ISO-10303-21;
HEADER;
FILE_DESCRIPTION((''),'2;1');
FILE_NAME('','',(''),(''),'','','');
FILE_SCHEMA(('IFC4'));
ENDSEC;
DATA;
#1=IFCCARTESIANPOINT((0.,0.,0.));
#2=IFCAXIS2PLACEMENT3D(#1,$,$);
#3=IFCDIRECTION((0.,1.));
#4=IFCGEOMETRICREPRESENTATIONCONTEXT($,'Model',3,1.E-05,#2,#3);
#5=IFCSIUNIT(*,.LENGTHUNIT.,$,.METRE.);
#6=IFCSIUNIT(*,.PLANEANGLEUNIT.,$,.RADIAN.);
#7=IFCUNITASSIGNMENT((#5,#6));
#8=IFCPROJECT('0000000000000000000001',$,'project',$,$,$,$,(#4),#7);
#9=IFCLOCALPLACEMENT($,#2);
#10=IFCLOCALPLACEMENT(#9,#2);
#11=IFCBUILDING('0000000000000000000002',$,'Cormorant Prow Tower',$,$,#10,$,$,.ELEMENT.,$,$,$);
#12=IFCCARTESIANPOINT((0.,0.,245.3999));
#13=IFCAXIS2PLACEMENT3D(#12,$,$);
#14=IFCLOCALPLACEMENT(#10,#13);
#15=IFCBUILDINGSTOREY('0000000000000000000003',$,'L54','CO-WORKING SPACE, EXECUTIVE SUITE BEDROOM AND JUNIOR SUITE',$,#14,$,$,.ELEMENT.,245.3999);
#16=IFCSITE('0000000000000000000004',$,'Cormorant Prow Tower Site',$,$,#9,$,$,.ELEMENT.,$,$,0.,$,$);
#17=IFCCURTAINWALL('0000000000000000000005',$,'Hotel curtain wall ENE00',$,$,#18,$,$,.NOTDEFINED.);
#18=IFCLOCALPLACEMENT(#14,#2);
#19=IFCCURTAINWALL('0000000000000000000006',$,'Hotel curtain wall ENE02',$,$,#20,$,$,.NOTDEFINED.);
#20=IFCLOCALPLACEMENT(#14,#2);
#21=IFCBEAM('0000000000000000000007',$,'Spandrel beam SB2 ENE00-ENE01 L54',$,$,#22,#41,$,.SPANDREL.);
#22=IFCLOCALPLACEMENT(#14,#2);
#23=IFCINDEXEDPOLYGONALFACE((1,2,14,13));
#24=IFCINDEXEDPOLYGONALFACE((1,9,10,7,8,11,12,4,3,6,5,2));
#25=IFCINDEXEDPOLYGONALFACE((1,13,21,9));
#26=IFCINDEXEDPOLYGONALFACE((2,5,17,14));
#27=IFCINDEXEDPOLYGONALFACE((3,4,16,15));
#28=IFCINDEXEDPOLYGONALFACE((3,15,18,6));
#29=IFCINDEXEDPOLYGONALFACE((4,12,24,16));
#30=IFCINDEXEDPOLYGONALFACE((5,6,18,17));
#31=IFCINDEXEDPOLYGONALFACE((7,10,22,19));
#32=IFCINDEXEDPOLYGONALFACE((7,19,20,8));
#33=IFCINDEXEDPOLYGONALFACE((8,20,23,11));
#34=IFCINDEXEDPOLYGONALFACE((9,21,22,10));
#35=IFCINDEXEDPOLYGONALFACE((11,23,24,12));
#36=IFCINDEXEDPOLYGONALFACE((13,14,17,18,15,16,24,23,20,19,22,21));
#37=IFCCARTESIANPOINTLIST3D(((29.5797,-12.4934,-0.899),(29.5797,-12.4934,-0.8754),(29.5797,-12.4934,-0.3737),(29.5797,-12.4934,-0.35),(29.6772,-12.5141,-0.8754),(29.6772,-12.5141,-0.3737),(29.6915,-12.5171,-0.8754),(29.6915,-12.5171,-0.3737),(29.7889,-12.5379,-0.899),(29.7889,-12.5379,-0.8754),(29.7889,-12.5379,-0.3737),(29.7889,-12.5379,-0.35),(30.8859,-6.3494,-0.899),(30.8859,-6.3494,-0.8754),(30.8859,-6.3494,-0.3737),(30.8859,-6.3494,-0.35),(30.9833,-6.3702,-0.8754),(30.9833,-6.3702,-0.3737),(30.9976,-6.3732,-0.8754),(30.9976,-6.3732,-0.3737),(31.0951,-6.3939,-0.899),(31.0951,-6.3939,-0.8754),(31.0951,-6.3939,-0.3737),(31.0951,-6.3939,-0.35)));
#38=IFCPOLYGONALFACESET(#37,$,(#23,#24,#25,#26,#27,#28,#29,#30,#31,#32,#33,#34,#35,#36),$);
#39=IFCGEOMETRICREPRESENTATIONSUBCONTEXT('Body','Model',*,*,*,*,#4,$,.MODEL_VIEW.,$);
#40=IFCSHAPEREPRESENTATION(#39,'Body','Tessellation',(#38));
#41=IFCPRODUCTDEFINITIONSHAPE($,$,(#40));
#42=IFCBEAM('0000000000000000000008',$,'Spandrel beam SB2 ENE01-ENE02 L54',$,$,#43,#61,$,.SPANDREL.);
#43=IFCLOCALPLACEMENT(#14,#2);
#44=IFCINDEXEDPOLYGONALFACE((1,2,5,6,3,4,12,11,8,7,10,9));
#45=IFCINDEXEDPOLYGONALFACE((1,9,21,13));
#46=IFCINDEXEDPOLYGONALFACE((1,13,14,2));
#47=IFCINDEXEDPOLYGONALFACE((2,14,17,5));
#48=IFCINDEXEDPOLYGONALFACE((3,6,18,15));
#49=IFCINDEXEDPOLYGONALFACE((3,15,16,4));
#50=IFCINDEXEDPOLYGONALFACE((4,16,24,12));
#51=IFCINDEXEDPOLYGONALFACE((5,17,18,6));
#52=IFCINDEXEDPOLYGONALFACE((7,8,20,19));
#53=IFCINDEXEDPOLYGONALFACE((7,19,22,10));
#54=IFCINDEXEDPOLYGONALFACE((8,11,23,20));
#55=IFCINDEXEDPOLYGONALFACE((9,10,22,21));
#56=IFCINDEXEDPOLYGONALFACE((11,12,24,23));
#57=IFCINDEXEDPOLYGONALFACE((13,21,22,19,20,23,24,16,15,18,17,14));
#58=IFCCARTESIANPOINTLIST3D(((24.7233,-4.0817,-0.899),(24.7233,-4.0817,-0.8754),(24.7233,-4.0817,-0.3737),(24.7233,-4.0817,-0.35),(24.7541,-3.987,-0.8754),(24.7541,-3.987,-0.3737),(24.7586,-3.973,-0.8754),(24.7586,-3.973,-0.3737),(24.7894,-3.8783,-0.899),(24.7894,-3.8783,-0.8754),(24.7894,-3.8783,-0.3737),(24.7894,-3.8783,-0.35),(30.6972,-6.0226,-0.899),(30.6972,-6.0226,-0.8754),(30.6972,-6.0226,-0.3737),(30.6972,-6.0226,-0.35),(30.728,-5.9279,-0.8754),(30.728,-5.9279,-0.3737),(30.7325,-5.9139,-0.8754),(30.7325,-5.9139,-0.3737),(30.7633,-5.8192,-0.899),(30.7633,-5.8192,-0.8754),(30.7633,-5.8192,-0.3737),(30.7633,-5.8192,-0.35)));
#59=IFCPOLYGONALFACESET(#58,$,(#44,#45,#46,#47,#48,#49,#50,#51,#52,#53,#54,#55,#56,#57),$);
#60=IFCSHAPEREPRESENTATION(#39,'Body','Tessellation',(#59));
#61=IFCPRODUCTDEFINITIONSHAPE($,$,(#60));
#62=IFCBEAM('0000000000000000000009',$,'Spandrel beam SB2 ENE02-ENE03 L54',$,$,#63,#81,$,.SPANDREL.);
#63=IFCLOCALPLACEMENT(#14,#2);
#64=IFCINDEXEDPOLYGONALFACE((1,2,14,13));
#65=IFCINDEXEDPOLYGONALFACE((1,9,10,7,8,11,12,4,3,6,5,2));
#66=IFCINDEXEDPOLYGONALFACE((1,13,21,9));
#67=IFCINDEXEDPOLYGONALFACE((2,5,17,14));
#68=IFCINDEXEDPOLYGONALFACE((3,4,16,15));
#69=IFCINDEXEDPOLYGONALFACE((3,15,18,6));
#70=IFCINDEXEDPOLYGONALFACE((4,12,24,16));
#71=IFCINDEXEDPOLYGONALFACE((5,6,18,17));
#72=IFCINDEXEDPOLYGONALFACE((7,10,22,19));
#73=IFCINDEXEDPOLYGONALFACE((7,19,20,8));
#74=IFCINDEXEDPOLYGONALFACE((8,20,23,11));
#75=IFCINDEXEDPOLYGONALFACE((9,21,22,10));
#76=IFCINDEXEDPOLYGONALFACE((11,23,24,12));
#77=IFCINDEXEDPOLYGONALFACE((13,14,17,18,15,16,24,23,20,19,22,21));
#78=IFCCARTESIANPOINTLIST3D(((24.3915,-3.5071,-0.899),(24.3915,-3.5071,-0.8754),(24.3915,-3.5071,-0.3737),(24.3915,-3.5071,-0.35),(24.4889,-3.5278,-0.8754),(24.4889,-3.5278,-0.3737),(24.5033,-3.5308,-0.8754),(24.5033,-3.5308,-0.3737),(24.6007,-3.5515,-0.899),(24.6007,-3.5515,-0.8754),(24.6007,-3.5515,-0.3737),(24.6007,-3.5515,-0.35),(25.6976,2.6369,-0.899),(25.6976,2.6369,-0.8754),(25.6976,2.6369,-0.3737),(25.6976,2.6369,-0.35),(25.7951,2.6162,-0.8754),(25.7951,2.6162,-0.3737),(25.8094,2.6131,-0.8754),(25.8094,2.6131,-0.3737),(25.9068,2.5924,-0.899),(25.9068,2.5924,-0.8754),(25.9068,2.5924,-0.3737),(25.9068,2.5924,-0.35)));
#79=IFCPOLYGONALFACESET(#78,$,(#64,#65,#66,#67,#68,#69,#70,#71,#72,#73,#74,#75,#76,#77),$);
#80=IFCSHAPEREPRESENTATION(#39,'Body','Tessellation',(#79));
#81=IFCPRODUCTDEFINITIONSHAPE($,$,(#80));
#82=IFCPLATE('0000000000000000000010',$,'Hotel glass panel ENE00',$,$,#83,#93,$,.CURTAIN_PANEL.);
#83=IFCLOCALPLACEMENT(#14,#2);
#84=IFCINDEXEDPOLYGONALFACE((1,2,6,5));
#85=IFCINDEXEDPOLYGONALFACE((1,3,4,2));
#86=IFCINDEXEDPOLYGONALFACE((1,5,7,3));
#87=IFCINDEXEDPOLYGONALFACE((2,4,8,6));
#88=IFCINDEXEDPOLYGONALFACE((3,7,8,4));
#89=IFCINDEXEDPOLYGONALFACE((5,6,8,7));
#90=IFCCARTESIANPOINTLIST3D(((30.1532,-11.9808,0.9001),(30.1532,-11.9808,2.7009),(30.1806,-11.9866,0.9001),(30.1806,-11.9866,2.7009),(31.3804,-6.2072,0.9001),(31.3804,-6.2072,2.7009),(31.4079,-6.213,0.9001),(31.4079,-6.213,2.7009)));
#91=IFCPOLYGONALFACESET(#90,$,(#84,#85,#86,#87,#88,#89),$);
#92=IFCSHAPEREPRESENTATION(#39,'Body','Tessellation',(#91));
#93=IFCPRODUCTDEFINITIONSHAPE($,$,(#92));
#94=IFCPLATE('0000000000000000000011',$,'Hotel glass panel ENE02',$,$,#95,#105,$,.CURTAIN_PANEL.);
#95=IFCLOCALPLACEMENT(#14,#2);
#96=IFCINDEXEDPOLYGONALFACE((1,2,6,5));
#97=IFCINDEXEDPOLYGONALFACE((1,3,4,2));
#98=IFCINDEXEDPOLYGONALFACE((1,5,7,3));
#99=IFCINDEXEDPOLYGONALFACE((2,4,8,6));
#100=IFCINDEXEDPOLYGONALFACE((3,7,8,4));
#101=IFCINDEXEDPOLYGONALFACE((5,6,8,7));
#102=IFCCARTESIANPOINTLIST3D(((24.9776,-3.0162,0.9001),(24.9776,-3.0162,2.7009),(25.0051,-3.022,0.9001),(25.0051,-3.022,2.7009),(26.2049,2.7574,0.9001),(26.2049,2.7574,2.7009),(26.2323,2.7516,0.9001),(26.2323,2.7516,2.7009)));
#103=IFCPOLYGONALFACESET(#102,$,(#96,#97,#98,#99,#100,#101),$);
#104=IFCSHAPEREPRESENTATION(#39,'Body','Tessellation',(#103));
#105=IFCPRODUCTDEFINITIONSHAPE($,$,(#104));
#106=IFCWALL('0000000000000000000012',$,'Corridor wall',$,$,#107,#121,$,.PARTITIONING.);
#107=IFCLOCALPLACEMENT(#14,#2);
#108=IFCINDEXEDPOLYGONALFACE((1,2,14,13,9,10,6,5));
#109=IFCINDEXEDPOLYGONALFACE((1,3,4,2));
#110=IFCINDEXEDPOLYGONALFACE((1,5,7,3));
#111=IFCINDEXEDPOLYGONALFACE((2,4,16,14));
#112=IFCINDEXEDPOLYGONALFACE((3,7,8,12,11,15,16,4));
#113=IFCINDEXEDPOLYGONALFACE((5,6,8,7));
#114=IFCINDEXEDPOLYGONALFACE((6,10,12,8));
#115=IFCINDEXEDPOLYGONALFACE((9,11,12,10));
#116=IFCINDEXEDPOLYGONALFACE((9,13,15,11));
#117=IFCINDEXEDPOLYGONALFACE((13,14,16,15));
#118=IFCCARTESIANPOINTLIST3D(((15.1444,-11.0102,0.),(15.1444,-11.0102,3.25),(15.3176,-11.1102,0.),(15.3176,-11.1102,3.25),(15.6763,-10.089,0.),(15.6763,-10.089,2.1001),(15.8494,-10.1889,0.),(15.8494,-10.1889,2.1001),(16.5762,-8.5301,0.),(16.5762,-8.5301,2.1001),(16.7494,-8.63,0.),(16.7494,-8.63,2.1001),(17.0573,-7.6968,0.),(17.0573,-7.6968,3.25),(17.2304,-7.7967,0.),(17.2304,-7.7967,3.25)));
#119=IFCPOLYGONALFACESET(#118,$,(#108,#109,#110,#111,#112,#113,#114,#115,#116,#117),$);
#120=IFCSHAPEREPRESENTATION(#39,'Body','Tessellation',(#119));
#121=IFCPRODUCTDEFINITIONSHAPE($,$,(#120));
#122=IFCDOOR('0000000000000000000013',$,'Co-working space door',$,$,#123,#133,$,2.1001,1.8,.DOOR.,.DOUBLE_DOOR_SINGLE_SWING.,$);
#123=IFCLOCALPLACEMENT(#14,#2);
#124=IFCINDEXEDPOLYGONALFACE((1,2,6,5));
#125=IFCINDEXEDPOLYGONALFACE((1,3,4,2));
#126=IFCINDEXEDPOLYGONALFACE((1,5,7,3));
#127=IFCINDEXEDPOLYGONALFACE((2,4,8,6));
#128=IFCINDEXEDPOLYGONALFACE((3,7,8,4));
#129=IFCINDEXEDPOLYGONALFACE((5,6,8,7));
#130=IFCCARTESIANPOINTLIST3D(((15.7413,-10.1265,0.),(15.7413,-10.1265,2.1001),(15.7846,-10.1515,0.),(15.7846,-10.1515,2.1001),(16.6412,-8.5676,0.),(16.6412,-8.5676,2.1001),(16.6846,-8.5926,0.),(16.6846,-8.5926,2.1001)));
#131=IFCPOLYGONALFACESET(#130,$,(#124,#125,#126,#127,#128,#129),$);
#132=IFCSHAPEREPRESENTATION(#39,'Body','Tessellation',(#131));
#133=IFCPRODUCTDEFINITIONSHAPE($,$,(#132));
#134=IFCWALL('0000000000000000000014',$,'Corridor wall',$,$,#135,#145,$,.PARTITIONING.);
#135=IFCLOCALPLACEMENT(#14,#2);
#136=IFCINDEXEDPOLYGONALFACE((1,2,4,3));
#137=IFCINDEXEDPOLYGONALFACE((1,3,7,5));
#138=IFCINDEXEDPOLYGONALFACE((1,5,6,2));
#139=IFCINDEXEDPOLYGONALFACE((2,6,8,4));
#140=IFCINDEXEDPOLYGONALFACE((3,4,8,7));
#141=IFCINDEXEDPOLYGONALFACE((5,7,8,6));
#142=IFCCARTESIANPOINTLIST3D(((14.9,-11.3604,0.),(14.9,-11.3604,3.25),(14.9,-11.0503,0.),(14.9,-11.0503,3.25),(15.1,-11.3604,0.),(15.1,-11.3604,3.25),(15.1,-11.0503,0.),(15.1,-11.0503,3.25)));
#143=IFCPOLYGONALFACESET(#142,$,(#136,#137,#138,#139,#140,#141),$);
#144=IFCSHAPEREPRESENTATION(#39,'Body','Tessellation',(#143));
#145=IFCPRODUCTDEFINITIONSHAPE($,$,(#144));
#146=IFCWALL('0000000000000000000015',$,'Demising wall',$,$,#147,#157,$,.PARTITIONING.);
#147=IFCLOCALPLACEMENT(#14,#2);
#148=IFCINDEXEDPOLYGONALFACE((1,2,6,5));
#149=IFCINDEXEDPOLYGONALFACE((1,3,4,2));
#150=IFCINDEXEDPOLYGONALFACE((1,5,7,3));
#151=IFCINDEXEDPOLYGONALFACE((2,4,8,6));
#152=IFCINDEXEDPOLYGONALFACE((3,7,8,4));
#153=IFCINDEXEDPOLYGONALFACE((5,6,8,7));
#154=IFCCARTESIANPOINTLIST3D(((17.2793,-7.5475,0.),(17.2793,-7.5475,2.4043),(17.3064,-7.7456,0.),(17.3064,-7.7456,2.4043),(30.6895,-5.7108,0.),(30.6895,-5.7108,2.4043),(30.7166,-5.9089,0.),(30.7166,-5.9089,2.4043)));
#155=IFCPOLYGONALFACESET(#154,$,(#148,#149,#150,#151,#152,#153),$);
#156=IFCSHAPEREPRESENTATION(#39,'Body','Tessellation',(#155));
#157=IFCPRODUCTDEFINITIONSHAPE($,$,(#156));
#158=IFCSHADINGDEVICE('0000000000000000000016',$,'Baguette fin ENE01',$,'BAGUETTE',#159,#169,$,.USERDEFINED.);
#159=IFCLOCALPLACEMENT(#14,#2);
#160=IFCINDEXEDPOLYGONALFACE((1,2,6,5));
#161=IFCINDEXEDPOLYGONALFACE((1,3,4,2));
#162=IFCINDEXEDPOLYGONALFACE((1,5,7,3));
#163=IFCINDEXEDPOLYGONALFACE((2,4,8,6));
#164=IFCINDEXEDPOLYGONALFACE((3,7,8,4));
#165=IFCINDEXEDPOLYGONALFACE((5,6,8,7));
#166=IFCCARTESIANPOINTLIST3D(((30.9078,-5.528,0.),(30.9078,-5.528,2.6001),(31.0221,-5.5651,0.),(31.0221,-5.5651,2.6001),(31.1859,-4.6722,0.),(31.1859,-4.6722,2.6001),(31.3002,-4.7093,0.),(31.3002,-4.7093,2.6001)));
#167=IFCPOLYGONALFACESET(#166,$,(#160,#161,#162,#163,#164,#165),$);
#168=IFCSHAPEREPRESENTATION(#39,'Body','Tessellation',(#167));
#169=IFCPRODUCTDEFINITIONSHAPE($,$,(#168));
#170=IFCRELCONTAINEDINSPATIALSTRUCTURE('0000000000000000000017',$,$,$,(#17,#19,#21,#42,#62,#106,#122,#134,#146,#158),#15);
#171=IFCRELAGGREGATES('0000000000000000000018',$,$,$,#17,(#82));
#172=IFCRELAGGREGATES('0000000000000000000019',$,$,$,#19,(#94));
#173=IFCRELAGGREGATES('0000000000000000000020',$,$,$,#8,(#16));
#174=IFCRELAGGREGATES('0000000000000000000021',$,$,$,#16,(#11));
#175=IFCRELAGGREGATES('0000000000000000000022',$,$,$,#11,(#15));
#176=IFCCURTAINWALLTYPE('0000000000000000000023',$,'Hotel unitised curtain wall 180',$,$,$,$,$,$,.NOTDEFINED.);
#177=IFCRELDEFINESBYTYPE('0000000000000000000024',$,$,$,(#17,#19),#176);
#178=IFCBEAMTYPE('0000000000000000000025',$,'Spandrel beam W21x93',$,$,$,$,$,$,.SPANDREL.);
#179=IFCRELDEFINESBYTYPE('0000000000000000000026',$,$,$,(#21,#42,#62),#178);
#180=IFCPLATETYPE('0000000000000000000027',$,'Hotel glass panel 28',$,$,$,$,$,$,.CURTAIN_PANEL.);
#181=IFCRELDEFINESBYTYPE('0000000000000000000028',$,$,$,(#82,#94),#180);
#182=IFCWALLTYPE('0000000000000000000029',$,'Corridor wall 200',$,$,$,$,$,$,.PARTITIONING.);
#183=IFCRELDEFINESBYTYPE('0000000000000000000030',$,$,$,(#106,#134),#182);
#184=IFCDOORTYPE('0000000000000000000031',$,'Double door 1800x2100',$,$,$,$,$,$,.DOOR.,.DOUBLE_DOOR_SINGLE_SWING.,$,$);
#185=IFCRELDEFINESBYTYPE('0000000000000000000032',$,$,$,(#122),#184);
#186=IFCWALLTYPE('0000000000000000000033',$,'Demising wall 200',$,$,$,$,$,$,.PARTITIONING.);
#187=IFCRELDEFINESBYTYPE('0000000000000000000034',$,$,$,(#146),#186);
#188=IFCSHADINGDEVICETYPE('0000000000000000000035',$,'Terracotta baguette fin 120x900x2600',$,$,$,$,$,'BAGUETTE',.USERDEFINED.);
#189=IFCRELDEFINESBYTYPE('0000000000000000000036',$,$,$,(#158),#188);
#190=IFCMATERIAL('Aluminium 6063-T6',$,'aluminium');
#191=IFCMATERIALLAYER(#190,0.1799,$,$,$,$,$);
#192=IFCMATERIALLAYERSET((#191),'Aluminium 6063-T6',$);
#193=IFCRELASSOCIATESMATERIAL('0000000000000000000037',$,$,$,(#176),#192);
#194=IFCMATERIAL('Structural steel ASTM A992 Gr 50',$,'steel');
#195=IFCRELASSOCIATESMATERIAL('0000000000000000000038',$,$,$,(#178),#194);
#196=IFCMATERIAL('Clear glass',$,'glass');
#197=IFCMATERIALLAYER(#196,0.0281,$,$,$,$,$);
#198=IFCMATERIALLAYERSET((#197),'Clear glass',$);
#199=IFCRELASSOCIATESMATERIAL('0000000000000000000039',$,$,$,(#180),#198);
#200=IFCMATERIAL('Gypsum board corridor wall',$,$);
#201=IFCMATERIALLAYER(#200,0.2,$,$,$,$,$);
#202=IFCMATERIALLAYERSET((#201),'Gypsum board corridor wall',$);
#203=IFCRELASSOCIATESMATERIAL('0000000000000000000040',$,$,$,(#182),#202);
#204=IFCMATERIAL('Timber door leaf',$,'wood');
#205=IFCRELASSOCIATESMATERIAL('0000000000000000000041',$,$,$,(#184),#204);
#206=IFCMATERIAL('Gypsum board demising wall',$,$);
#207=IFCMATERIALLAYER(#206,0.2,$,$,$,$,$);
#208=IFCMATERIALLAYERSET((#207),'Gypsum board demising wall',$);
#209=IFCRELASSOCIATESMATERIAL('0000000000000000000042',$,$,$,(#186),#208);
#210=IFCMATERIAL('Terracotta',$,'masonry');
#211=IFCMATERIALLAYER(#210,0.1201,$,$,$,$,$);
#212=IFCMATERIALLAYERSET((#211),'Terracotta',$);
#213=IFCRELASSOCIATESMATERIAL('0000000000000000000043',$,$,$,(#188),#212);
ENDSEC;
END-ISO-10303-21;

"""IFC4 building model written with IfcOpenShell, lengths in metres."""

from ifc_helpers import new_model, si_unit, direction, frame, frame_2d, origin, origin_2d, place, context, subcontext, project, spatial, rectangle, i_section, extrude, material, layer, layer_set, material_profile, profile_set, type_object, element, fill, aggregate, save


model = new_model("IFC4")

# Units and contexts
model_context = context("Model", 3, precision=1e-05, world=origin(), true_north=direction((0.0, 1.0)))
body_context = subcontext(model_context, "Body", "Model", "MODEL_VIEW")
ifc_project = project(units=[si_unit("LENGTHUNIT", "METRE"), si_unit("PLANEANGLEUNIT", "RADIAN")], contexts=[model_context])

# Site, building, storey
site_placement = place(None, origin())
site = spatial("IfcSite", under=ifc_project, at=site_placement, Name="Cormorant Prow Tower Site", CompositionType="ELEMENT", RefElevation=0.0)
building_placement = place(site_placement, origin())
building = spatial("IfcBuilding", under=site, at=building_placement, Name="Cormorant Prow Tower", CompositionType="ELEMENT")
storey_placement = place(building_placement, frame((0.0, 0.0, 245.3999)))
storey = spatial("IfcBuildingStorey", under=building, at=storey_placement, Name="L54", Description="CO-WORKING SPACE, EXECUTIVE SUITE BEDROOM AND JUNIOR SUITE", CompositionType="ELEMENT", Elevation=245.3999)

# Curtain walls
ifc_material_1 = material(Name="Aluminium 6063-T6", Category="aluminium")
ifc_layer_1 = layer(ifc_material_1, 0.1799)
ifc_layer_set_1 = layer_set([ifc_layer_1], Name="Aluminium 6063-T6")
curtain_wall_type = type_object("IfcCurtainWallType", Name="Hotel unitised curtain wall 180", PredefinedType="NOTDEFINED", material=ifc_layer_set_1)
curtain_wall_1_placement = place(storey_placement, origin())
curtain_wall_1 = element("IfcCurtainWall", 1, at=curtain_wall_1_placement, inside=storey, type_object=curtain_wall_type, Name="Hotel curtain wall ENE00", PredefinedType="NOTDEFINED")
curtain_wall_2_placement = place(storey_placement, origin())
curtain_wall_2 = element("IfcCurtainWall", 2, at=curtain_wall_2_placement, inside=storey, type_object=curtain_wall_type, Name="Hotel curtain wall ENE02", PredefinedType="NOTDEFINED")

# Beams
ifc_material_2 = material(Name="Structural steel ASTM A992 Gr 50", Category="steel")
ifc_material_profile_1 = material_profile(ifc_material_2, i_section(OverallWidth=0.2139, OverallDepth=0.5491, WebThickness=0.0146, FlangeThickness=0.0237, at=origin_2d()), Name="W21x93")
ifc_profile_set_1 = profile_set([ifc_material_profile_1], Name="Structural steel ASTM A992 Gr 50")
beam_type_1 = type_object("IfcBeamType", Name="Spandrel beam W21x93", PredefinedType="SPANDREL", material=ifc_profile_set_1)
for number, where, z_axis, x_axis, name in (
    (3, (29.6843, -12.5156, -0.6245), (0.207941, 0.978141, 0.0), (-0.978141, 0.207941, 0.0), "Spandrel beam SB2 ENE00-ENE01 L54"),
    (4, (30.7302, -5.9209, -0.6245), (-0.951062, 0.309001, 0.0), (-0.309001, -0.951062, 0.0), "Spandrel beam SB2 ENE01-ENE02 L54"),
    (5, (24.4961, -3.5293, -0.6245), (0.207941, 0.978141, 0.0), (-0.978141, 0.207941, 0.0), "Spandrel beam SB2 ENE02-ENE03 L54"),
):
    element("IfcBeam", number, at=place(storey_placement, frame(where, z_axis=z_axis, x_axis=x_axis)), inside=storey, type_object=beam_type_1, Name=name, PredefinedType="SPANDREL", context=body_context, shape_type="SweptSolid", body=[
        extrude(i_section(OverallWidth=0.2139, OverallDepth=0.5491, WebThickness=0.0146, FlangeThickness=0.0237, at=origin_2d()), origin(), (0.0, 0.0, 1.0), 6.2812),
    ])

# Plates
ifc_material_3 = material(Name="Clear glass", Category="glass")
ifc_layer_2 = layer(ifc_material_3, 0.0281)
ifc_layer_set_2 = layer_set([ifc_layer_2], Name="Clear glass")
plate_type = type_object("IfcPlateType", Name="Hotel glass panel 28", PredefinedType="CURTAIN_PANEL", material=ifc_layer_set_2)
plate_1_placement = place(storey_placement, frame((30.7805, -9.0969, 0.9001), z_axis=(0.0, 0.0, 1.0), x_axis=(0.207912, 0.978148, 0.0)))
plate_1 = element("IfcPlate", 6, at=plate_1_placement, type_object=plate_type, Name="Hotel glass panel ENE00", PredefinedType="CURTAIN_PANEL", context=body_context, shape_type="SweptSolid", body=[
    extrude(rectangle(XDim=5.9026, YDim=0.0281, at=origin_2d()), origin(), (0.0, 0.0, 1.0), 1.8008),
])
aggregate(curtain_wall_1, [plate_1])
plate_2_placement = place(storey_placement, frame((25.605, -0.1323, 0.9001), z_axis=(0.0, 0.0, 1.0), x_axis=(0.207912, 0.978148, 0.0)))
plate_2 = element("IfcPlate", 7, at=plate_2_placement, type_object=plate_type, Name="Hotel glass panel ENE02", PredefinedType="CURTAIN_PANEL", context=body_context, shape_type="SweptSolid", body=[
    extrude(rectangle(XDim=5.9026, YDim=0.0281, at=origin_2d()), origin(), (0.0, 0.0, 1.0), 1.8008),
])
aggregate(curtain_wall_2, [plate_2])

# Wall, opening, door
ifc_material_4 = material(Name="Gypsum board corridor wall")
ifc_layer_3 = layer(ifc_material_4, 0.2)
ifc_layer_set_3 = layer_set([ifc_layer_3], Name="Gypsum board corridor wall")
wall_type_1 = type_object("IfcWallType", Name="Corridor wall 200", PredefinedType="PARTITIONING", material=ifc_layer_set_3)
wall_1_placement = place(storey_placement, frame((15.231, -11.0603, 0.0), z_axis=(0.0, 0.0, 1.0), x_axis=(0.499962, 0.866047, 0.0)))
wall_1 = element("IfcWall", 8, at=wall_1_placement, inside=storey, type_object=wall_type_1, Name="Corridor wall", PredefinedType="PARTITIONING", context=body_context, shape_type="SweptSolid", body=[
    extrude(rectangle(XDim=3.8259, YDim=0.2, at=frame_2d((1.9131, 0.0))), origin(), (0.0, 0.0, 1.0), 3.25),
])
opening_1_placement = place(wall_1_placement, frame((1.064, 0.0, 0.0)))
opening_1 = element("IfcOpeningElement", 9, at=opening_1_placement, cuts=wall_1, PredefinedType="OPENING", context=body_context, shape_type="SweptSolid", body=[
    extrude(rectangle(XDim=1.8, YDim=2.1001, at=frame_2d((0.8999, 1.05))), frame((0.0, 0.1099, 0.0), z_axis=(0.0, -1.0, 0.0), x_axis=(1.0, 0.0, 0.0)), (0.0, 0.0, 1.0), 0.22),
])
ifc_material_5 = material(Name="Timber door leaf", Category="wood")
door_type_1 = type_object("IfcDoorType", Name="Double door 1800x2100", OperationType="DOUBLE_DOOR_SINGLE_SWING", PredefinedType="DOOR", material=ifc_material_5)
door_1_placement = place(opening_1_placement, origin())
door_1 = element("IfcDoor", 10, at=door_1_placement, inside=storey, type_object=door_type_1, Name="Co-working space door", OperationType="DOUBLE_DOOR_SINGLE_SWING", OverallHeight=2.1001, OverallWidth=1.8, PredefinedType="DOOR", context=body_context, shape_type="SweptSolid", body=[
    extrude(rectangle(XDim=1.8, YDim=2.1001, at=frame_2d((0.8999, 1.05))), frame((0.0, 0.0249, 0.0), z_axis=(0.0, -1.0, 0.0), x_axis=(1.0, 0.0, 0.0)), (0.0, 0.0, 1.0), 0.05),
])
fill(opening_1, door_1)

# Walls
wall_2_placement = place(storey_placement, frame((15.0, -11.3604, 0.0), z_axis=(0.0, 0.0, 1.0), x_axis=(0.0, 1.0, 0.0)))
element("IfcWall", 11, at=wall_2_placement, inside=storey, type_object=wall_type_1, Name="Corridor wall", PredefinedType="PARTITIONING", context=body_context, shape_type="SweptSolid", body=[
    extrude(rectangle(XDim=0.3101, YDim=0.2, at=frame_2d((0.155, 0.0))), origin(), (0.0, 0.0, 1.0), 3.25),
])
ifc_material_6 = material(Name="Gypsum board demising wall")
ifc_layer_4 = layer(ifc_material_6, 0.2)
ifc_layer_set_4 = layer_set([ifc_layer_4], Name="Gypsum board demising wall")
wall_type_2 = type_object("IfcWallType", Name="Demising wall 200", PredefinedType="PARTITIONING", material=ifc_layer_set_4)
wall_3_placement = place(storey_placement, frame((17.293, -7.6465, 0.0), z_axis=(0.0, 0.0, 1.0), x_axis=(0.990751, 0.135694, 0.0)))
element("IfcWall", 12, at=wall_3_placement, inside=storey, type_object=wall_type_2, Name="Demising wall", PredefinedType="PARTITIONING", context=body_context, shape_type="SweptSolid", body=[
    extrude(rectangle(XDim=13.5354, YDim=0.2, at=frame_2d((6.7676, 0.0))), origin(), (0.0, 0.0, 1.0), 2.4043),
])

# Shading device
ifc_material_7 = material(Name="Terracotta", Category="masonry")
ifc_layer_5 = layer(ifc_material_7, 0.1201)
ifc_layer_set_5 = layer_set([ifc_layer_5], Name="Terracotta")
shading_device_type = type_object("IfcShadingDeviceType", Name="Terracotta baguette fin 120x900x2600", ElementType="BAGUETTE", PredefinedType="USERDEFINED", material=ifc_layer_set_5)
shading_device_placement = place(storey_placement, frame((31.104, -5.1187, 0.0), z_axis=(0.0, 0.0, 1.0), x_axis=(-0.951057, 0.309017, 0.0)))
element("IfcShadingDevice", 13, at=shading_device_placement, inside=storey, type_object=shading_device_type, Name="Baguette fin ENE01", ObjectType="BAGUETTE", PredefinedType="USERDEFINED", context=body_context, shape_type="SweptSolid", body=[
    extrude(rectangle(XDim=0.1201, YDim=0.8999, at=origin_2d()), origin(), (0.0, 0.0, 1.0), 2.6001),
])

save(model, "model.ifc")
